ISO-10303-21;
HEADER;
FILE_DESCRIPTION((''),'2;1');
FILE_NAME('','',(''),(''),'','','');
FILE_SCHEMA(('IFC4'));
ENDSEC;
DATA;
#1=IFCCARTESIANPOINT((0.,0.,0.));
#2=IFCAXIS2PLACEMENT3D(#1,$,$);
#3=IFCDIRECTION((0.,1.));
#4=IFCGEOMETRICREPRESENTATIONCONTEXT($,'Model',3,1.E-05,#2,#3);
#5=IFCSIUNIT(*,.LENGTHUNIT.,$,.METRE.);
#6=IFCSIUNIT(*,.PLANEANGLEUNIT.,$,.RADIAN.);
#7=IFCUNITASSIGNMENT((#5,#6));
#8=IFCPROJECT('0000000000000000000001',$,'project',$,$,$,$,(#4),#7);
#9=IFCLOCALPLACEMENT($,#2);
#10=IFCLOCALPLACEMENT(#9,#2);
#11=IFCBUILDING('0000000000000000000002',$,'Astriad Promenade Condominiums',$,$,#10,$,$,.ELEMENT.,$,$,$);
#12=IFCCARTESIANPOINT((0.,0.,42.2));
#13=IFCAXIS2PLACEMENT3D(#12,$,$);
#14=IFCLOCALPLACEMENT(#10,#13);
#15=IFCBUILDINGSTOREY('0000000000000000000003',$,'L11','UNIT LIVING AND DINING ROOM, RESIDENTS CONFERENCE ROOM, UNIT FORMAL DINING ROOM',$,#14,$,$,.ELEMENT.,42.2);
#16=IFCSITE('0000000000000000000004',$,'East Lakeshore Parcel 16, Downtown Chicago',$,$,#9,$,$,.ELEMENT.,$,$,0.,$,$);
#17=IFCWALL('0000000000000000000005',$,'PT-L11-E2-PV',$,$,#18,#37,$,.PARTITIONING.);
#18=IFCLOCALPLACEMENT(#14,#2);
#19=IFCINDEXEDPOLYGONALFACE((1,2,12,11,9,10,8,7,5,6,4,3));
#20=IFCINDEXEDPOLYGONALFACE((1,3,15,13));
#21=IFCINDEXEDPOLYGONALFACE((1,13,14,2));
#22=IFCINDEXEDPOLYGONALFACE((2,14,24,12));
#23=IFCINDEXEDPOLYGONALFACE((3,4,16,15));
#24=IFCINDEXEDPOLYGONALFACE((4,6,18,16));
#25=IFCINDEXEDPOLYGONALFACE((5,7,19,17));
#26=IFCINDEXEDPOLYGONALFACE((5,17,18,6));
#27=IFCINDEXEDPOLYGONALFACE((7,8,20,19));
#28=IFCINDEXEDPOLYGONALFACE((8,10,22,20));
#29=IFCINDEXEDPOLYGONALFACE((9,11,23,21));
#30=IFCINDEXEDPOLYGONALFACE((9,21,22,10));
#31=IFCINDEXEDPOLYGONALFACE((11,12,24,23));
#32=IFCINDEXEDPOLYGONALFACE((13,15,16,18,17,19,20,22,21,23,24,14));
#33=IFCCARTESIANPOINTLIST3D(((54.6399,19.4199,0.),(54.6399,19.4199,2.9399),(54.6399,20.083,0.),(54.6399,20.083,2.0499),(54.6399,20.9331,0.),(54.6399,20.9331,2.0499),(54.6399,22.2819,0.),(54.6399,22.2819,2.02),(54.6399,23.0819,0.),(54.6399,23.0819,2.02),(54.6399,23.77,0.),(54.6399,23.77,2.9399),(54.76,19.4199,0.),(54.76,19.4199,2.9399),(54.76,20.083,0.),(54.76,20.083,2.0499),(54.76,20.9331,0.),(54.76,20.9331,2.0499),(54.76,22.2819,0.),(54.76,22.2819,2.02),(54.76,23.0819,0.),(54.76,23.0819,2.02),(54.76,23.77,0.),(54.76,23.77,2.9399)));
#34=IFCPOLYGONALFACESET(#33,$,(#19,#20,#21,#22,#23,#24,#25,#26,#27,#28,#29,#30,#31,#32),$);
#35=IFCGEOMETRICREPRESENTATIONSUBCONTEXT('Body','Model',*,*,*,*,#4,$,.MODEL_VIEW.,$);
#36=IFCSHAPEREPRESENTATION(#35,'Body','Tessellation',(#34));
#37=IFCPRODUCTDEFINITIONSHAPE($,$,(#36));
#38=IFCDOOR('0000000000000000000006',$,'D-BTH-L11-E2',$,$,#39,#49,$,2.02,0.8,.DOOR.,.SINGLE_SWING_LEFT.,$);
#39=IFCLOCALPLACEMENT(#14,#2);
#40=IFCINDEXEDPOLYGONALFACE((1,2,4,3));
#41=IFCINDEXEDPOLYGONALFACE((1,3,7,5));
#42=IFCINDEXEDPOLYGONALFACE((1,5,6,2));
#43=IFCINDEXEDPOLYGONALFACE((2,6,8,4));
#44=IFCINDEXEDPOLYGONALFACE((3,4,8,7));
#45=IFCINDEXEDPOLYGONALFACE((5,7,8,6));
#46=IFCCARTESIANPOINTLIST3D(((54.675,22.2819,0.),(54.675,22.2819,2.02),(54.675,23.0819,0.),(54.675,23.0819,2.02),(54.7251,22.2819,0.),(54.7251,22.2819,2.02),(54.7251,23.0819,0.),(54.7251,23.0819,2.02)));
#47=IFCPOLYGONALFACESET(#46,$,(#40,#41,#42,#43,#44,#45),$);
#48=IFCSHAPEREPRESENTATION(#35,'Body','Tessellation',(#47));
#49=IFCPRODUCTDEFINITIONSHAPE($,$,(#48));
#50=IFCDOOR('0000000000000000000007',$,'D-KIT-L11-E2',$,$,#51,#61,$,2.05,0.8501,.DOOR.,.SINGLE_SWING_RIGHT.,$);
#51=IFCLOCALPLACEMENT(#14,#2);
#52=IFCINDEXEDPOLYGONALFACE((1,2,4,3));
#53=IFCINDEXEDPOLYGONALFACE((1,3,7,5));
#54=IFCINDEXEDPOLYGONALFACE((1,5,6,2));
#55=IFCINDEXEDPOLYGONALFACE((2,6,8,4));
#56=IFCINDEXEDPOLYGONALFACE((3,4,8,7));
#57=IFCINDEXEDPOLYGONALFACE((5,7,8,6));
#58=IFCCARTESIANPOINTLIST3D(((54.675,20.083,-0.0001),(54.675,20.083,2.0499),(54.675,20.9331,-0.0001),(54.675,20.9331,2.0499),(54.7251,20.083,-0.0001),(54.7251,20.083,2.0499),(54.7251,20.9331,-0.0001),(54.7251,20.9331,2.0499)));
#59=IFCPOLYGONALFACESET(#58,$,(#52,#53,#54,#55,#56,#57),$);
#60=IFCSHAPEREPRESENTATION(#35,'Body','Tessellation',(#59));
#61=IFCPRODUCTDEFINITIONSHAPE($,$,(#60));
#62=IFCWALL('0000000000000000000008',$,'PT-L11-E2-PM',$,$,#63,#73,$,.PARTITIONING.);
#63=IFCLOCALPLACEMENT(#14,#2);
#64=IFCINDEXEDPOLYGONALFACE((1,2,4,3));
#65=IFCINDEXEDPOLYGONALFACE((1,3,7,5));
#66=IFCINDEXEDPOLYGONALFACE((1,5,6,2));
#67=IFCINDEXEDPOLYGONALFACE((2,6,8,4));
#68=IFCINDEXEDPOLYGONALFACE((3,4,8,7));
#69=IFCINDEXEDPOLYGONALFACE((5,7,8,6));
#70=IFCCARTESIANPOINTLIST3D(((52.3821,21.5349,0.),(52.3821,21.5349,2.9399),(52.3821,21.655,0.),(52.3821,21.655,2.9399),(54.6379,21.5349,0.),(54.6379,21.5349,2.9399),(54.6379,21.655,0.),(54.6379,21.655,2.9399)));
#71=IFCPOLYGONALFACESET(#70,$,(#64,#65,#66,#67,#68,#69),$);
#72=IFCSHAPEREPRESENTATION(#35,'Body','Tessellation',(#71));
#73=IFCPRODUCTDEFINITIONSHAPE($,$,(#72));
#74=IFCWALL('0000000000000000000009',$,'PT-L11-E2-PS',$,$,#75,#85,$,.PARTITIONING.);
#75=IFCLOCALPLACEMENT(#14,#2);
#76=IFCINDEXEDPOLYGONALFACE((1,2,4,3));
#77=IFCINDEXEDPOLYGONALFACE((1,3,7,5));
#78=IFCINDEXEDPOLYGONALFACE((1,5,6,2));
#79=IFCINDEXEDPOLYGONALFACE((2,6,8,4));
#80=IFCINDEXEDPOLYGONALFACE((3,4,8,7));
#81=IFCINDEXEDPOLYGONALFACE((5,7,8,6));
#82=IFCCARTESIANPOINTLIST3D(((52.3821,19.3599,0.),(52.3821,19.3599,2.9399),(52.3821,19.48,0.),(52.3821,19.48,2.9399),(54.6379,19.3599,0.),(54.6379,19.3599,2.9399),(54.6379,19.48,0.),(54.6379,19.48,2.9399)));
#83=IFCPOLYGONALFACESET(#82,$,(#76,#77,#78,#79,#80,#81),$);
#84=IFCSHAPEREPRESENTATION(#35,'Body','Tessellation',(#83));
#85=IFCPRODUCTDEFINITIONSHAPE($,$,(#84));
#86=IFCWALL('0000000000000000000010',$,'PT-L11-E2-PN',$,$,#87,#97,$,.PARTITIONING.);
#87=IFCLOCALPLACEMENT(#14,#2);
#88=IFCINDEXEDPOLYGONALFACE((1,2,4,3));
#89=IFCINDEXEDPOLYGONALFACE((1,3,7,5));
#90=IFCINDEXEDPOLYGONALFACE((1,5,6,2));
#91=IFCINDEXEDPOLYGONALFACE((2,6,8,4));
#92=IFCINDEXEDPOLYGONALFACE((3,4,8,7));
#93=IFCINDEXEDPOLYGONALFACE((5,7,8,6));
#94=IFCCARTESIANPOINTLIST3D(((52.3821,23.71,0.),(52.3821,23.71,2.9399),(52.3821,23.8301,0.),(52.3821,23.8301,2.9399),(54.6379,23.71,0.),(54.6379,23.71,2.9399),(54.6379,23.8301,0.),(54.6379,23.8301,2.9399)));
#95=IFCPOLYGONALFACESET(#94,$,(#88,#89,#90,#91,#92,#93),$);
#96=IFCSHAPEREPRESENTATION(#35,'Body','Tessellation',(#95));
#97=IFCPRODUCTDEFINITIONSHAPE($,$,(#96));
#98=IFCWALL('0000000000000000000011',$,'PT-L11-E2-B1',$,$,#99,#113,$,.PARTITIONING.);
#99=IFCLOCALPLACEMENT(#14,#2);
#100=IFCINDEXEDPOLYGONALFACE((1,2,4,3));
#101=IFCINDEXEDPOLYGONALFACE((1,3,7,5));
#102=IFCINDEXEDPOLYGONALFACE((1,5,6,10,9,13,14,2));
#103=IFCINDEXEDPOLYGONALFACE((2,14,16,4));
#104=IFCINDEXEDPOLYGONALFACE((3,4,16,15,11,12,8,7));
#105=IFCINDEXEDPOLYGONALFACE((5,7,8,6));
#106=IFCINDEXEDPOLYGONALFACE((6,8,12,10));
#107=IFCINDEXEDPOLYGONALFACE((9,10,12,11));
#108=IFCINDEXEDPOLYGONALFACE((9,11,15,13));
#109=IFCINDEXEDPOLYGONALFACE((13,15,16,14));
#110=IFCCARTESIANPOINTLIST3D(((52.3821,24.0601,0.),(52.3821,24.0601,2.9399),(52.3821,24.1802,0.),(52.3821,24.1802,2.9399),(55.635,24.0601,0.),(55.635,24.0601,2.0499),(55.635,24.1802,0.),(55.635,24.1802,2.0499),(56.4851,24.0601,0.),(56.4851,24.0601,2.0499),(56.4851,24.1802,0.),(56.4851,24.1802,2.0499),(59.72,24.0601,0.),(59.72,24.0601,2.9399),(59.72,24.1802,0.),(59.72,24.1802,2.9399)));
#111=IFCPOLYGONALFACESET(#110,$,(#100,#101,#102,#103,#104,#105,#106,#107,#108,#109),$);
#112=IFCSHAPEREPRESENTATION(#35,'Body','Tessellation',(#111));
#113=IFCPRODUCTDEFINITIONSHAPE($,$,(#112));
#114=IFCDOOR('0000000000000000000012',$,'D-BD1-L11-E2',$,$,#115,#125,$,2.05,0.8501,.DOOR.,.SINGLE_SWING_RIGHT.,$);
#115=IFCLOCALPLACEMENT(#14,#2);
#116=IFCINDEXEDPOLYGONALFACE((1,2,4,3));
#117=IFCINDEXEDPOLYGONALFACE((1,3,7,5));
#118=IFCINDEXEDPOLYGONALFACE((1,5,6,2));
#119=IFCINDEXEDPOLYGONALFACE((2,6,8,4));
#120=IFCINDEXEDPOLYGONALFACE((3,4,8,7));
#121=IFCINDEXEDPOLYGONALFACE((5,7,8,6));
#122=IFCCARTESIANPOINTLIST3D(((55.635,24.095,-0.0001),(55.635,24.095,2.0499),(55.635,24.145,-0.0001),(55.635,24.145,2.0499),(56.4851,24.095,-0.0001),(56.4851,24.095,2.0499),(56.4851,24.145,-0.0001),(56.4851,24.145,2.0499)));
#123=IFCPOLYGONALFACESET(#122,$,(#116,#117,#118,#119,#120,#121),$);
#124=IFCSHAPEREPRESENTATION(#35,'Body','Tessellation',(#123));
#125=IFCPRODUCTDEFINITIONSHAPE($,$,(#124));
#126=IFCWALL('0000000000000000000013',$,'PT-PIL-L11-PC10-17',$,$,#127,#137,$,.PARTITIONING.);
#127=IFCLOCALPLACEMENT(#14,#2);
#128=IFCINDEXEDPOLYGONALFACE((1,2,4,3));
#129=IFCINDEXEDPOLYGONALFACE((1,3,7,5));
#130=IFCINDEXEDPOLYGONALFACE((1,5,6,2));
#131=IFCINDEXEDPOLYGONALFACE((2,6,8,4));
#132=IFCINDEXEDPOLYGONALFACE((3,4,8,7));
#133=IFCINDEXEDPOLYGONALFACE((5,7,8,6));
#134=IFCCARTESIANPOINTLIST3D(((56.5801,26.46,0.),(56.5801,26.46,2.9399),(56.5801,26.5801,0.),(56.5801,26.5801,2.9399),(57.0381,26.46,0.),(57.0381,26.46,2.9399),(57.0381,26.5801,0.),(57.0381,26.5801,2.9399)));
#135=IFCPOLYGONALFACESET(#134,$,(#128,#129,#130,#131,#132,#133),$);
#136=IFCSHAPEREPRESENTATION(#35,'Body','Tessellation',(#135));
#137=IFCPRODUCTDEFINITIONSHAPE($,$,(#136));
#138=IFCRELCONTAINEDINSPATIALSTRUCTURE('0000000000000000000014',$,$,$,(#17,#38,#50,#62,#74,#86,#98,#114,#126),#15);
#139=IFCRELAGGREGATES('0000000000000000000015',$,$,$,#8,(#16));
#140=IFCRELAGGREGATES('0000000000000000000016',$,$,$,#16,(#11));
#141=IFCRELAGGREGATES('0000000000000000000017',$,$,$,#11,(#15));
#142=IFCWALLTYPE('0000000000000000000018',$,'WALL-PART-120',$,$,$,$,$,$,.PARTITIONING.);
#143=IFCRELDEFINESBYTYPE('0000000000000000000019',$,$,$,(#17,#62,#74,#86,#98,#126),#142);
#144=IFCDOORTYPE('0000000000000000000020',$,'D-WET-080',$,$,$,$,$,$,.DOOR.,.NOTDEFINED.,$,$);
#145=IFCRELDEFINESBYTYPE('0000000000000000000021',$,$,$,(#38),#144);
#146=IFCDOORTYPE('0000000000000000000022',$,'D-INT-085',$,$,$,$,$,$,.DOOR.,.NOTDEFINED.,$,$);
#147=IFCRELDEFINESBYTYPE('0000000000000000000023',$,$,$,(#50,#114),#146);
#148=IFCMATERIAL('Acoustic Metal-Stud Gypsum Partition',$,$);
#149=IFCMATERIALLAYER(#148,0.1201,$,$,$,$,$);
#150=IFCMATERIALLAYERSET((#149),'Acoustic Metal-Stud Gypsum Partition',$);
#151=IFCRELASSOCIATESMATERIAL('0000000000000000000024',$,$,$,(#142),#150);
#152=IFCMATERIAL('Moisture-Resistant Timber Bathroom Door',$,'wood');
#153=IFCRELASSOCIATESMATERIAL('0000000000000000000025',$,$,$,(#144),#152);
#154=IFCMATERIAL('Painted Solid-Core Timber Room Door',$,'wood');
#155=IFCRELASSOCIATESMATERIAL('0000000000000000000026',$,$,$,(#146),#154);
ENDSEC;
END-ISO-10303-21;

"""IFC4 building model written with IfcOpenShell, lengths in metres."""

from ifc_helpers import new_model, si_unit, direction, frame, frame_2d, origin, place, context, subcontext, project, spatial, rectangle, extrude, source, transform, mapped, material, layer, layer_set, type_object, type_shapes, element, fill, save


model = new_model("IFC4")

# Units and contexts
model_context = context("Model", 3, precision=1e-05, world=origin(), true_north=direction((0.0, 1.0)))
body_context = subcontext(model_context, "Body", "Model", "MODEL_VIEW")
ifc_project = project(units=[si_unit("LENGTHUNIT", "METRE"), si_unit("PLANEANGLEUNIT", "RADIAN")], contexts=[model_context])

# Site, building, storey
site_placement = place(None, origin())
site = spatial("IfcSite", under=ifc_project, at=site_placement, Name="East Lakeshore Parcel 16, Downtown Chicago", CompositionType="ELEMENT", RefElevation=0.0)
building_placement = place(site_placement, origin())
building = spatial("IfcBuilding", under=site, at=building_placement, Name="Astriad Promenade Condominiums", CompositionType="ELEMENT")
storey_placement = place(building_placement, frame((0.0, 0.0, 42.2)))
storey = spatial("IfcBuildingStorey", under=building, at=storey_placement, Name="L11", Description="UNIT LIVING AND DINING ROOM, RESIDENTS CONFERENCE ROOM, UNIT FORMAL DINING ROOM", CompositionType="ELEMENT", Elevation=42.2)

# Wall, openings, doors
ifc_material_1 = material(Name="Acoustic Metal-Stud Gypsum Partition")
ifc_layer_1 = layer(ifc_material_1, 0.1201)
ifc_layer_set_1 = layer_set([ifc_layer_1], Name="Acoustic Metal-Stud Gypsum Partition")
wall_type_1 = type_object("IfcWallType", Name="WALL-PART-120", PredefinedType="PARTITIONING", material=ifc_layer_set_1)
wall_1_placement = place(storey_placement, frame((54.7, 19.4199, 0.0), z_axis=(0.0, 0.0, 1.0), x_axis=(0.0, 1.0, 0.0)))
wall_1 = element("IfcWall", 1, at=wall_1_placement, inside=storey, type_object=wall_type_1, Name="PT-L11-E2-PV", PredefinedType="PARTITIONING", context=body_context, shape_type="SweptSolid", body=[
    extrude(rectangle(XDim=4.3501, YDim=0.1201, at=frame_2d((2.175, 0.0))), origin(), (0.0, 0.0, 1.0), 2.9399),
])
opening_1_placement = place(wall_1_placement, frame((0.6631, 0.0, 0.0)))
opening_1 = element("IfcOpeningElement", 2, at=opening_1_placement, cuts=wall_1, PredefinedType="OPENING", context=body_context, shape_type="SweptSolid", body=[
    extrude(rectangle(XDim=0.8501, YDim=2.05, at=frame_2d((0.425, 1.0249))), frame((0.0, 0.0701, 0.0), z_axis=(0.0, -1.0, 0.0), x_axis=(1.0, 0.0, 0.0)), (0.0, 0.0, 1.0), 0.1401),
])
opening_2_placement = place(wall_1_placement, frame((2.8621, 0.0, 0.0)))
opening_2 = element("IfcOpeningElement", 3, at=opening_2_placement, cuts=wall_1, PredefinedType="OPENING", context=body_context, shape_type="SweptSolid", body=[
    extrude(rectangle(XDim=0.8, YDim=2.02, at=frame_2d((0.3999, 1.01))), frame((0.0, 0.0701, 0.0), z_axis=(0.0, -1.0, 0.0), x_axis=(1.0, 0.0, 0.0)), (0.0, 0.0, 1.0), 0.1401),
])
ifc_material_2 = material(Name="Moisture-Resistant Timber Bathroom Door", Category="wood")
door_type_1 = type_object("IfcDoorType", Name="D-WET-080", OperationType="NOTDEFINED", PredefinedType="DOOR", material=ifc_material_2)
shared_shape_1 = source(origin(), body_context, "Body", "SweptSolid", [
    extrude(rectangle(XDim=0.8, YDim=2.02, at=frame_2d((0.3999, 1.01))), frame((0.0, 0.0249, 0.0), z_axis=(0.0, -1.0, 0.0), x_axis=(1.0, 0.0, 0.0)), (0.0, 0.0, 1.0), 0.05),
])
type_shapes(door_type_1, [shared_shape_1])
door_1_placement = place(opening_2_placement, origin())
door_1 = element("IfcDoor", 4, at=door_1_placement, inside=storey, type_object=door_type_1, Name="D-BTH-L11-E2", OperationType="SINGLE_SWING_LEFT", OverallHeight=2.02, OverallWidth=0.8, PredefinedType="DOOR", context=body_context, shape_type="MappedRepresentation", body=[
    mapped(shared_shape_1, transform((0.0, 0.0, 0.0), scale=1.0)),
])
fill(opening_2, door_1)
ifc_material_3 = material(Name="Painted Solid-Core Timber Room Door", Category="wood")
door_type_2 = type_object("IfcDoorType", Name="D-INT-085", OperationType="NOTDEFINED", PredefinedType="DOOR", material=ifc_material_3)
shared_shape_2 = source(origin(), body_context, "Body", "SweptSolid", [
    extrude(rectangle(XDim=0.8501, YDim=2.05, at=frame_2d((0.425, 1.0249))), frame((0.0, 0.0249, 0.0), z_axis=(0.0, -1.0, 0.0), x_axis=(1.0, 0.0, 0.0)), (0.0, 0.0, 1.0), 0.05),
])
type_shapes(door_type_2, [shared_shape_2])
door_2_placement = place(opening_1_placement, origin())
door_2 = element("IfcDoor", 5, at=door_2_placement, inside=storey, type_object=door_type_2, Name="D-KIT-L11-E2", OperationType="SINGLE_SWING_RIGHT", OverallHeight=2.05, OverallWidth=0.8501, PredefinedType="DOOR", context=body_context, shape_type="MappedRepresentation", body=[
    mapped(shared_shape_2, transform((0.0, 0.0, 0.0), scale=1.0)),
])
fill(opening_1, door_2)

# Walls
for number, where, z_axis, x_axis, name in (
    (6, (52.3821, 21.595, 0.0), (0.0, 0.0, 1.0), (1.0, 0.0, 0.0), "PT-L11-E2-PM"),
    (7, (52.3821, 19.4199, 0.0), (0.0, 0.0, 1.0), (1.0, 0.0, 0.0), "PT-L11-E2-PS"),
    (8, (52.3821, 23.77, 0.0), (0.0, 0.0, 1.0), (1.0, 0.0, 0.0), "PT-L11-E2-PN"),
):
    element("IfcWall", number, at=place(storey_placement, frame(where, z_axis=z_axis, x_axis=x_axis)), inside=storey, type_object=wall_type_1, Name=name, PredefinedType="PARTITIONING", context=body_context, shape_type="SweptSolid", body=[
        extrude(rectangle(XDim=2.2559, YDim=0.1201, at=frame_2d((1.1279, 0.0))), origin(), (0.0, 0.0, 1.0), 2.9399),
    ])

# Wall, opening, door
wall_2_placement = place(storey_placement, frame((52.3821, 24.1201, 0.0), z_axis=(0.0, 0.0, 1.0), x_axis=(1.0, 0.0, 0.0)))
wall_2 = element("IfcWall", 9, at=wall_2_placement, inside=storey, type_object=wall_type_1, Name="PT-L11-E2-B1", PredefinedType="PARTITIONING", context=body_context, shape_type="SweptSolid", body=[
    extrude(rectangle(XDim=7.3379, YDim=0.1201, at=frame_2d((3.6689, 0.0))), origin(), (0.0, 0.0, 1.0), 2.9399),
])
opening_3_placement = place(wall_2_placement, frame((3.2529, 0.0, 0.0)))
opening_3 = element("IfcOpeningElement", 10, at=opening_3_placement, cuts=wall_2, PredefinedType="OPENING", context=body_context, shape_type="SweptSolid", body=[
    extrude(rectangle(XDim=0.8501, YDim=2.05, at=frame_2d((0.425, 1.0249))), frame((0.0, 0.0701, 0.0), z_axis=(0.0, -1.0, 0.0), x_axis=(1.0, 0.0, 0.0)), (0.0, 0.0, 1.0), 0.1401),
])
door_3_placement = place(opening_3_placement, origin())
door_3 = element("IfcDoor", 11, at=door_3_placement, inside=storey, type_object=door_type_2, Name="D-BD1-L11-E2", OperationType="SINGLE_SWING_RIGHT", OverallHeight=2.05, OverallWidth=0.8501, PredefinedType="DOOR", context=body_context, shape_type="MappedRepresentation", body=[
    mapped(shared_shape_2, transform((0.0, 0.0, 0.0), scale=1.0)),
])
fill(opening_3, door_3)

# Wall
wall_3_placement = place(storey_placement, frame((56.5801, 26.52, 0.0), z_axis=(0.0, 0.0, 1.0), x_axis=(1.0, 0.0, 0.0)))
element("IfcWall", 12, at=wall_3_placement, inside=storey, type_object=wall_type_1, Name="PT-PIL-L11-PC10-17", PredefinedType="PARTITIONING", context=body_context, shape_type="SweptSolid", body=[
    extrude(rectangle(XDim=0.458, YDim=0.1201, at=frame_2d((0.229, 0.0))), origin(), (0.0, 0.0, 1.0), 2.9399),
])

save(model, "model.ifc")
